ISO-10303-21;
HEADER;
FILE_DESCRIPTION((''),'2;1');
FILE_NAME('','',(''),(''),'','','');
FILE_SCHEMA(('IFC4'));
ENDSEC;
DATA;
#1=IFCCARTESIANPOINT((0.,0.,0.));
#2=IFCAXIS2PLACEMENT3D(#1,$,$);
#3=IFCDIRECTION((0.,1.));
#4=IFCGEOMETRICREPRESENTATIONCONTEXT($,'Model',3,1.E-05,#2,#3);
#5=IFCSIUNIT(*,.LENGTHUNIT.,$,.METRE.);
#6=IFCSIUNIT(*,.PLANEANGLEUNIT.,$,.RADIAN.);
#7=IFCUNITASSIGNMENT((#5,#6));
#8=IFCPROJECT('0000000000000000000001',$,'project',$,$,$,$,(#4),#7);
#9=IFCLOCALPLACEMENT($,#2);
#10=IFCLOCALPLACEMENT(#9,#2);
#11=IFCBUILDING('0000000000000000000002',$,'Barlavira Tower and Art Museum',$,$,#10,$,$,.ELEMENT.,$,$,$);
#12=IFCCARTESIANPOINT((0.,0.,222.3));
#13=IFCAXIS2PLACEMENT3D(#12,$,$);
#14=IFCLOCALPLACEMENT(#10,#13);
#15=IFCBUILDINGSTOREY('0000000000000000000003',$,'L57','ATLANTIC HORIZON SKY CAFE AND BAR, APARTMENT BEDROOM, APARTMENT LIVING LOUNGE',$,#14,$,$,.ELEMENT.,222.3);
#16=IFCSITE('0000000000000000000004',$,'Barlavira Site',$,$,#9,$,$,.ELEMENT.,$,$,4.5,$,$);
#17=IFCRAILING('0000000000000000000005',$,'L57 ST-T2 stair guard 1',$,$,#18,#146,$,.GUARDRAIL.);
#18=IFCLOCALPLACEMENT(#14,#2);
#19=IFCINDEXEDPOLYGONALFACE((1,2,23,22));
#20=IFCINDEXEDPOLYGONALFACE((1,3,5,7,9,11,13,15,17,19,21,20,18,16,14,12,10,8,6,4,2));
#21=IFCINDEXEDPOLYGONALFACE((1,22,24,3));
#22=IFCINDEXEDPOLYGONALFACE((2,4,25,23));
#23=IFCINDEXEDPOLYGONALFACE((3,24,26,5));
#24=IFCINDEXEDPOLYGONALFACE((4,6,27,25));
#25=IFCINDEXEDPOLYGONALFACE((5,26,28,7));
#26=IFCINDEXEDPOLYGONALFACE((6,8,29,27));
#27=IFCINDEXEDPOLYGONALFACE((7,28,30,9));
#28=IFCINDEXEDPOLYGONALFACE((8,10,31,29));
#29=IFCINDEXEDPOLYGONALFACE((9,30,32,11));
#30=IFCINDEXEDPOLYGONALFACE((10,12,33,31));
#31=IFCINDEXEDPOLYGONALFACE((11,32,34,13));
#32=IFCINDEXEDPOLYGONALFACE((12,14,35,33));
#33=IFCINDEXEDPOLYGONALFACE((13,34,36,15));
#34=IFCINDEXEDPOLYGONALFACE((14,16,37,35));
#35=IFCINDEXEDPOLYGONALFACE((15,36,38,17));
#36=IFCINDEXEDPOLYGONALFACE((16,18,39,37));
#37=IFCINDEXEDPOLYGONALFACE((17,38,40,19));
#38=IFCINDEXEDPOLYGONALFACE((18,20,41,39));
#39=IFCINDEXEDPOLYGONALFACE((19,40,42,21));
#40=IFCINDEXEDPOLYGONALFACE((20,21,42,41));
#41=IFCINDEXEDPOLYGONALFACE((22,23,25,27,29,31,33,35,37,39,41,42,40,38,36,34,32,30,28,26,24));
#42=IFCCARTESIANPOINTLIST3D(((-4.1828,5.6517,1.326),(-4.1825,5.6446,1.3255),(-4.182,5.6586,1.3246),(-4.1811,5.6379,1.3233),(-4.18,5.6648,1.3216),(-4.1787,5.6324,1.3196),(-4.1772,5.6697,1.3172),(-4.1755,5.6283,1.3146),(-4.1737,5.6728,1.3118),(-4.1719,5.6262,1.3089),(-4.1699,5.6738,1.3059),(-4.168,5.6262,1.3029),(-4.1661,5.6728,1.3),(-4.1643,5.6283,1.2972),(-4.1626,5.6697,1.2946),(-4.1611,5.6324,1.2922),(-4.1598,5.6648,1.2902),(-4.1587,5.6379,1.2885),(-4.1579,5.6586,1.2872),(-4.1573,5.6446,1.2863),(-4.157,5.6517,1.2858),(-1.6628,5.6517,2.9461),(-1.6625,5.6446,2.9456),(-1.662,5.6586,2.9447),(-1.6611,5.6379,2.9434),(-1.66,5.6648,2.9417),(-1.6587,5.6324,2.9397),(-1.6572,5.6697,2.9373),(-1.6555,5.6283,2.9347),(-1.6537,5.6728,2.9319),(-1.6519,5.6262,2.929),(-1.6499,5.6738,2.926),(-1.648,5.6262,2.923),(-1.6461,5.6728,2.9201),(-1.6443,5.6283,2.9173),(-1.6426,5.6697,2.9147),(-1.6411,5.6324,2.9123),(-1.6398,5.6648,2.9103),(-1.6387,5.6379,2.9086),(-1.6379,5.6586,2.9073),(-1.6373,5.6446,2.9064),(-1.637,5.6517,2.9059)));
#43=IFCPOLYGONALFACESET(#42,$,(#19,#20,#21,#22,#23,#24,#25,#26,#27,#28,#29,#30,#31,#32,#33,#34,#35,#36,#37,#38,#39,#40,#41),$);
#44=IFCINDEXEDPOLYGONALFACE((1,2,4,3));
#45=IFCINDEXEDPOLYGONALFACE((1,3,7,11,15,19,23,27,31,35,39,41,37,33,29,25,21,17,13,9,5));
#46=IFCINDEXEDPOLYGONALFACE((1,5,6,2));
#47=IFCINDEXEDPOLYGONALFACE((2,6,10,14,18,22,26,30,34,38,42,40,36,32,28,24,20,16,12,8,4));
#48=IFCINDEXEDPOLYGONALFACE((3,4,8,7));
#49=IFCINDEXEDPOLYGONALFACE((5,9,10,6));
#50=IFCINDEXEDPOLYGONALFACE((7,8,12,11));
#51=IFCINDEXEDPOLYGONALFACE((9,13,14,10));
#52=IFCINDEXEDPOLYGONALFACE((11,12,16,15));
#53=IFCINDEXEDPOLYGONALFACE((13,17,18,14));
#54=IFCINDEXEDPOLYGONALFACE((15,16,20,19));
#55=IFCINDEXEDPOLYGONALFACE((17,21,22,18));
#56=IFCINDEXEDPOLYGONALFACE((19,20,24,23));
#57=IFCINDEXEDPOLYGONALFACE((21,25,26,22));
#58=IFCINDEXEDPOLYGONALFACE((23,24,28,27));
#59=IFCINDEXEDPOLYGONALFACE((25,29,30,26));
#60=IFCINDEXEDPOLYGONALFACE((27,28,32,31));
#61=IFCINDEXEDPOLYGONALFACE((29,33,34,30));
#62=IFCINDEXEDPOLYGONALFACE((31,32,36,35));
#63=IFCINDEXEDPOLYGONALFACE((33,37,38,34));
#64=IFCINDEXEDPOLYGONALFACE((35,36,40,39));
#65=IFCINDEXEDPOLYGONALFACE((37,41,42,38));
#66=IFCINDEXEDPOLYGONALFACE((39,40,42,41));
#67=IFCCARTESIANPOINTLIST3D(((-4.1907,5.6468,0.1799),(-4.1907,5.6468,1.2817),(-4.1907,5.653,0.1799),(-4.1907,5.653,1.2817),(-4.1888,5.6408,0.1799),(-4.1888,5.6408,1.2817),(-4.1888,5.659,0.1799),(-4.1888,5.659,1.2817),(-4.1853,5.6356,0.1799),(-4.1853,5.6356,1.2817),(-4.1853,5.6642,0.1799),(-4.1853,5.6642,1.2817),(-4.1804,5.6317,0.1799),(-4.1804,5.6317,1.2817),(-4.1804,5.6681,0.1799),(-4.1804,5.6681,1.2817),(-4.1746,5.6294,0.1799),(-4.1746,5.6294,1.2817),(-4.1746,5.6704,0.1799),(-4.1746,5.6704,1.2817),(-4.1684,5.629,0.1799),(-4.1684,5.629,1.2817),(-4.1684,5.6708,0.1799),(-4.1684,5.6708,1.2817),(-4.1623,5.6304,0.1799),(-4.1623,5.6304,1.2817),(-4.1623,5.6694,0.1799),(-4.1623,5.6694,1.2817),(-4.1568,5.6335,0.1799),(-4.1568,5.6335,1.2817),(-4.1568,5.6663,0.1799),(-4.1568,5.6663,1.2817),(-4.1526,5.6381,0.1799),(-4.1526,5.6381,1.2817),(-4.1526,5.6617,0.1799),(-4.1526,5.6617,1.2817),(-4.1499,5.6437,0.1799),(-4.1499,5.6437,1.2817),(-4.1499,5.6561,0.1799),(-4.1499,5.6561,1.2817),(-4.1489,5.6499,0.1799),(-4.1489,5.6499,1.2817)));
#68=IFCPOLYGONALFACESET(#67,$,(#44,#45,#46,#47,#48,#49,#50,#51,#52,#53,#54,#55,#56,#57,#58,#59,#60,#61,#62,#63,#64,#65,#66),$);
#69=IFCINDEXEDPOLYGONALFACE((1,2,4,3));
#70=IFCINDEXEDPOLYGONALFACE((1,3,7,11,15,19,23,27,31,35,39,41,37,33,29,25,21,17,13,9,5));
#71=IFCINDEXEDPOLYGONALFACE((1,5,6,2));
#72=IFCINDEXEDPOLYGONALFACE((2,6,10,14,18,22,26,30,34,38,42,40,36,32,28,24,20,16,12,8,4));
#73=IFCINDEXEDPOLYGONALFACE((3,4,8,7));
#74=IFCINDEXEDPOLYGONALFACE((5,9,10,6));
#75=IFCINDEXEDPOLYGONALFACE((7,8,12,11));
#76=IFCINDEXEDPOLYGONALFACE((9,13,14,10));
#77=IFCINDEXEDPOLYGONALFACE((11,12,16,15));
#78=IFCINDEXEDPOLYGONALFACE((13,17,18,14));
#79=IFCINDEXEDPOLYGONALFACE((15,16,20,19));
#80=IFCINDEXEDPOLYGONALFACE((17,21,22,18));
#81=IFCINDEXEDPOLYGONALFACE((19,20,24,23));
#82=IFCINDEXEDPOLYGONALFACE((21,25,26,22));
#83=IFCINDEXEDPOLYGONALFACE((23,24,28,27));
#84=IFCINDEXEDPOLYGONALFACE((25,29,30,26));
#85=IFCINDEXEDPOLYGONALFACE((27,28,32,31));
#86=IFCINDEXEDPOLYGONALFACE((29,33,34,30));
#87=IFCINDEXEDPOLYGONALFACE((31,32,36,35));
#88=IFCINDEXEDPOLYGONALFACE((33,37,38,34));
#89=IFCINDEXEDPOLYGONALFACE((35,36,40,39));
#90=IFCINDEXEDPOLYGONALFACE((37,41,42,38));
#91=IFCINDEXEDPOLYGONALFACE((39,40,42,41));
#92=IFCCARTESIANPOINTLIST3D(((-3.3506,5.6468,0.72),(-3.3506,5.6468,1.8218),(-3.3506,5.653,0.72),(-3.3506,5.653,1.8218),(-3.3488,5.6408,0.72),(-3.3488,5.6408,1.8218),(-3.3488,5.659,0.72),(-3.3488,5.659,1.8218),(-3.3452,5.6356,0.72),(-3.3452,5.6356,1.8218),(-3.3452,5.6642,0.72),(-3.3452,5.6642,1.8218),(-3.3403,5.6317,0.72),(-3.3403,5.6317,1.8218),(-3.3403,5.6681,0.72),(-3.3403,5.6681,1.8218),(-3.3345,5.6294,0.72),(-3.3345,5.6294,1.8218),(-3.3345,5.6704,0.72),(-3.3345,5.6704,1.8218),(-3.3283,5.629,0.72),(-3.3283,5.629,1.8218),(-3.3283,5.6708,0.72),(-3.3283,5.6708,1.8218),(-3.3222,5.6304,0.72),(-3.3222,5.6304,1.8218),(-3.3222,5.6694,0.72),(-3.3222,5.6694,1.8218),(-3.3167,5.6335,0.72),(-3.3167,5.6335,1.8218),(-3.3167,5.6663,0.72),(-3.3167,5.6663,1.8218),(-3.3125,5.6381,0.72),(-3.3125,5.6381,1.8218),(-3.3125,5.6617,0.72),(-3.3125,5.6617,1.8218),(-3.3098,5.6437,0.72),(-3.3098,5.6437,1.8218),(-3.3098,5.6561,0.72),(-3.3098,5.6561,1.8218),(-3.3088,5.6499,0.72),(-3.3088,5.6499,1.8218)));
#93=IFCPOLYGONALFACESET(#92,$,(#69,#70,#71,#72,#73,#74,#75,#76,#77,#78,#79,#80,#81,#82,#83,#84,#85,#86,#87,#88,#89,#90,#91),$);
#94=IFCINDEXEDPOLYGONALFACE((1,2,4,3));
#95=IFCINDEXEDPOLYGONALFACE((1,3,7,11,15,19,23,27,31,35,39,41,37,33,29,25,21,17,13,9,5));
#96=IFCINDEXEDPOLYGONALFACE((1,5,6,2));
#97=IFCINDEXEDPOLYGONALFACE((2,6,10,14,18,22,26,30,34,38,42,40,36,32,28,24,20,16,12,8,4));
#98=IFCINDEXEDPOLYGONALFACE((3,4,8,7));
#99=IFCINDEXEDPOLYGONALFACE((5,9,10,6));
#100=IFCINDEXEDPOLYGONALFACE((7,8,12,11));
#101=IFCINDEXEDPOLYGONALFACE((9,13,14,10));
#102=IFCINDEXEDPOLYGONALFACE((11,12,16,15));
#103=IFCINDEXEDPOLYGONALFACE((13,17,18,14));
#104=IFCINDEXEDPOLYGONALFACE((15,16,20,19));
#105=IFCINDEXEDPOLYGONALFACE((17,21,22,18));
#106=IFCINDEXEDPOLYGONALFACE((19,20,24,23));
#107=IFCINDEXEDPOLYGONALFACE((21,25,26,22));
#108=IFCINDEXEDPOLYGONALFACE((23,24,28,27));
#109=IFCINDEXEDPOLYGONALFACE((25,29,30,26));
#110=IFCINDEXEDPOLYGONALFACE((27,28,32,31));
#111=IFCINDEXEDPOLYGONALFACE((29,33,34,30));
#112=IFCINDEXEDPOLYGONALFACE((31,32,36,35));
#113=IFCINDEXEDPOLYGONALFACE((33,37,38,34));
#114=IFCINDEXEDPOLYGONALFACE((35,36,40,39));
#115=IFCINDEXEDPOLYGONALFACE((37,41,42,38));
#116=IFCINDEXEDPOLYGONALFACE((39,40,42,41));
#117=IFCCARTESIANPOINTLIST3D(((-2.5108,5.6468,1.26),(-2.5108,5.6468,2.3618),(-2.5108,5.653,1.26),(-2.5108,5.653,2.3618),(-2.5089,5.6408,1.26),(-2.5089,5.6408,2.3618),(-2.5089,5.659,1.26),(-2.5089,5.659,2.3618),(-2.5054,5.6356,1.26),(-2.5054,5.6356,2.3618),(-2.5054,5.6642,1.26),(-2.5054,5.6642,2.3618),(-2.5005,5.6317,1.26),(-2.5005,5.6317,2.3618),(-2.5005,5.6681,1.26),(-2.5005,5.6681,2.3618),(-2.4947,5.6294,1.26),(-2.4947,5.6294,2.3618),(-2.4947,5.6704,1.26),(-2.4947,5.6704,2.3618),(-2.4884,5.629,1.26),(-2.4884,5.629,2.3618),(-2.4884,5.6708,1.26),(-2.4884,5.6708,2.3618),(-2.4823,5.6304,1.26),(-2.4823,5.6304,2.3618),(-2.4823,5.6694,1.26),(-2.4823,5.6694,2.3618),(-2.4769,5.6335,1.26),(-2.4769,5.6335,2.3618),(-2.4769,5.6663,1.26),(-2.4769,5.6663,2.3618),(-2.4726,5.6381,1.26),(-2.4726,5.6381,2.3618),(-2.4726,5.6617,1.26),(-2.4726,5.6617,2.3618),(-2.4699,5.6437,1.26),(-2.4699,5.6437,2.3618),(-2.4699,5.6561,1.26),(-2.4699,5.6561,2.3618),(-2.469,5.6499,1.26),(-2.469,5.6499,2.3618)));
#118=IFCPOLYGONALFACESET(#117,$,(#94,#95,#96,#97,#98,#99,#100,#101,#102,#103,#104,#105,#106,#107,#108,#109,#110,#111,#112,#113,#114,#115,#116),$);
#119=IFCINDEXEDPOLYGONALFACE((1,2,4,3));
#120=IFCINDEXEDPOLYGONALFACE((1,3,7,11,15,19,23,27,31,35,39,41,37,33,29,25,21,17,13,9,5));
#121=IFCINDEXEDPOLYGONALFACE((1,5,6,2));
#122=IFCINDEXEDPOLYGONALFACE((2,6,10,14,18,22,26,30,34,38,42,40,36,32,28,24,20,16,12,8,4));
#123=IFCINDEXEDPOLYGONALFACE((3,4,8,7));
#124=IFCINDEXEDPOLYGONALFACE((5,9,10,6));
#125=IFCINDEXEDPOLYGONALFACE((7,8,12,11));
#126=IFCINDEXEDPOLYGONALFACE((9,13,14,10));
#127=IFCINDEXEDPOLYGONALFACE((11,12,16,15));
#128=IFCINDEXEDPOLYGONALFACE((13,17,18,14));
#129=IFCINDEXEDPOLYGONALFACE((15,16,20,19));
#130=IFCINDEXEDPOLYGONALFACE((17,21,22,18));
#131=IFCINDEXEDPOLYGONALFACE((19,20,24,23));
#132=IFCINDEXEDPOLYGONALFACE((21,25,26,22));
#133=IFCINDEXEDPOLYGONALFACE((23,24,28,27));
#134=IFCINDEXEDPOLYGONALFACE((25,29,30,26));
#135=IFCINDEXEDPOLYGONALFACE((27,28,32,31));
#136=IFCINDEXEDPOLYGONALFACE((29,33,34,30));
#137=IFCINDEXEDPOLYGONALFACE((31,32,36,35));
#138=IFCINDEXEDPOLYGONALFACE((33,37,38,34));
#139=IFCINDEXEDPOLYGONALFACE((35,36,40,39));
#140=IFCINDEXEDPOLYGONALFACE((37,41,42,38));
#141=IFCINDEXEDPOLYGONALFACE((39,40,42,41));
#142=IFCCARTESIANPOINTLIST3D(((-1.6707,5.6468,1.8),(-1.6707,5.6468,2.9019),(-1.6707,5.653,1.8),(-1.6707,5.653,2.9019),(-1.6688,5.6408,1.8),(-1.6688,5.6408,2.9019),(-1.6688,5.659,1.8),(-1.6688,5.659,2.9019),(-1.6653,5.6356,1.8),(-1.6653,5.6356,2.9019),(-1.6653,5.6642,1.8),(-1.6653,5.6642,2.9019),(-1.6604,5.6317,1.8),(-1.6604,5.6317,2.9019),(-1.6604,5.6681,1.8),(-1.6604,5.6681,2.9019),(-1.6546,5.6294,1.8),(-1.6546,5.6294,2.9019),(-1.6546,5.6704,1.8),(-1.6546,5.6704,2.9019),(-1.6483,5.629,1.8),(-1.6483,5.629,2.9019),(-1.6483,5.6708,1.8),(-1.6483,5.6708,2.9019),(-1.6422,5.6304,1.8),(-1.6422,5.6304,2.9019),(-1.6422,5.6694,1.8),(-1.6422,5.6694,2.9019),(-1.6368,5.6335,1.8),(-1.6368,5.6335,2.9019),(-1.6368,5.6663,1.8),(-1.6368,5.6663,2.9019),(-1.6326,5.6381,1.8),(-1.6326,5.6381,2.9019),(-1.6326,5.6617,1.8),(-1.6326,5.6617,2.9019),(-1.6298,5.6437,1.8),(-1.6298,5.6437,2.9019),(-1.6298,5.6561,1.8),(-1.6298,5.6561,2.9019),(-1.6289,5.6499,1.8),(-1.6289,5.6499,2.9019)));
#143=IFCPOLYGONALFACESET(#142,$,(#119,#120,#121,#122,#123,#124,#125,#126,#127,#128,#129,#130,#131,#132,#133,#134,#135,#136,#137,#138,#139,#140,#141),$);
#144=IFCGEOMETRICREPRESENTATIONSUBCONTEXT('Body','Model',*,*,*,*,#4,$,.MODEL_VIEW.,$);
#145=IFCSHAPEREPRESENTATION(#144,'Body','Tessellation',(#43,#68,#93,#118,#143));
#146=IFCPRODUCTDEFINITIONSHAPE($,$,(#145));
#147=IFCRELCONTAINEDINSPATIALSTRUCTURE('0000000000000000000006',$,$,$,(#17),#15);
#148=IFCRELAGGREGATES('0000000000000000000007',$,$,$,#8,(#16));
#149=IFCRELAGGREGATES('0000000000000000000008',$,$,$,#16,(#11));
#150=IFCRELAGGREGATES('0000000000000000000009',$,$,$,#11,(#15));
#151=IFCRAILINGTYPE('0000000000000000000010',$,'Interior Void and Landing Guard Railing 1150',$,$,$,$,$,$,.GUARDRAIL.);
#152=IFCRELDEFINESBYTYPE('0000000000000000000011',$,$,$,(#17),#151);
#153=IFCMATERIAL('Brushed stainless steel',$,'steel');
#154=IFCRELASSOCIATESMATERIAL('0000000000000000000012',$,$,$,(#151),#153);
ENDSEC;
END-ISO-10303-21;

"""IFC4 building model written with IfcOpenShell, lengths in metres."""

from ifc_helpers import new_model, si_unit, direction, frame, origin, origin_2d, place, context, subcontext, project, spatial, circle, extrude, material, type_object, element, save


model = new_model("IFC4")

# Units and contexts
model_context = context("Model", 3, precision=1e-05, world=origin(), true_north=direction((0.0, 1.0)))
body_context = subcontext(model_context, "Body", "Model", "MODEL_VIEW")
ifc_project = project(units=[si_unit("LENGTHUNIT", "METRE"), si_unit("PLANEANGLEUNIT", "RADIAN")], contexts=[model_context])

# Site, building, storey
site_placement = place(None, origin())
site = spatial("IfcSite", under=ifc_project, at=site_placement, Name="Barlavira Site", CompositionType="ELEMENT", RefElevation=4.5)
building_placement = place(site_placement, origin())
building = spatial("IfcBuilding", under=site, at=building_placement, Name="Barlavira Tower and Art Museum", CompositionType="ELEMENT")
storey_placement = place(building_placement, frame((0.0, 0.0, 222.3)))
storey = spatial("IfcBuildingStorey", under=building, at=storey_placement, Name="L57", Description="ATLANTIC HORIZON SKY CAFE AND BAR, APARTMENT BEDROOM, APARTMENT LIVING LOUNGE", CompositionType="ELEMENT", Elevation=222.3)

# Shared definitions
ifc_material_1 = material(Name="Brushed stainless steel", Category="steel")

# Railing
railing_type_1 = type_object("IfcRailingType", Name="Interior Void and Landing Guard Railing 1150", PredefinedType="GUARDRAIL", material=ifc_material_1)
railing_1_placement = place(storey_placement, frame((-4.1699, 5.6499, 0.1799)))
element("IfcRailing", 1, at=railing_1_placement, inside=storey, type_object=railing_type_1, Name="L57 ST-T2 stair guard 1", PredefinedType="GUARDRAIL", context=body_context, shape_type="SweptSolid", body=[
    extrude(circle(Radius=0.0239, at=origin_2d()), frame((0.0, 0.0, 1.126), z_axis=(0.841163, 0.0, 0.540782), x_axis=(0.0, 1.0, 0.0)), (0.0, 0.0, 1.0), 2.9958),
    extrude(circle(Radius=0.021, at=origin_2d()), origin(), (0.0, 0.0, 1.0), 1.1018),
    extrude(circle(Radius=0.021, at=origin_2d()), frame((0.8401, 0.0, 0.54)), (0.0, 0.0, 1.0), 1.1018),
    extrude(circle(Radius=0.021, at=origin_2d()), frame((1.6799, 0.0, 1.0801)), (0.0, 0.0, 1.0), 1.1018),
    extrude(circle(Radius=0.021, at=origin_2d()), frame((2.52, 0.0, 1.6201)), (0.0, 0.0, 1.0), 1.1018),
])

save(model, "model.ifc")
